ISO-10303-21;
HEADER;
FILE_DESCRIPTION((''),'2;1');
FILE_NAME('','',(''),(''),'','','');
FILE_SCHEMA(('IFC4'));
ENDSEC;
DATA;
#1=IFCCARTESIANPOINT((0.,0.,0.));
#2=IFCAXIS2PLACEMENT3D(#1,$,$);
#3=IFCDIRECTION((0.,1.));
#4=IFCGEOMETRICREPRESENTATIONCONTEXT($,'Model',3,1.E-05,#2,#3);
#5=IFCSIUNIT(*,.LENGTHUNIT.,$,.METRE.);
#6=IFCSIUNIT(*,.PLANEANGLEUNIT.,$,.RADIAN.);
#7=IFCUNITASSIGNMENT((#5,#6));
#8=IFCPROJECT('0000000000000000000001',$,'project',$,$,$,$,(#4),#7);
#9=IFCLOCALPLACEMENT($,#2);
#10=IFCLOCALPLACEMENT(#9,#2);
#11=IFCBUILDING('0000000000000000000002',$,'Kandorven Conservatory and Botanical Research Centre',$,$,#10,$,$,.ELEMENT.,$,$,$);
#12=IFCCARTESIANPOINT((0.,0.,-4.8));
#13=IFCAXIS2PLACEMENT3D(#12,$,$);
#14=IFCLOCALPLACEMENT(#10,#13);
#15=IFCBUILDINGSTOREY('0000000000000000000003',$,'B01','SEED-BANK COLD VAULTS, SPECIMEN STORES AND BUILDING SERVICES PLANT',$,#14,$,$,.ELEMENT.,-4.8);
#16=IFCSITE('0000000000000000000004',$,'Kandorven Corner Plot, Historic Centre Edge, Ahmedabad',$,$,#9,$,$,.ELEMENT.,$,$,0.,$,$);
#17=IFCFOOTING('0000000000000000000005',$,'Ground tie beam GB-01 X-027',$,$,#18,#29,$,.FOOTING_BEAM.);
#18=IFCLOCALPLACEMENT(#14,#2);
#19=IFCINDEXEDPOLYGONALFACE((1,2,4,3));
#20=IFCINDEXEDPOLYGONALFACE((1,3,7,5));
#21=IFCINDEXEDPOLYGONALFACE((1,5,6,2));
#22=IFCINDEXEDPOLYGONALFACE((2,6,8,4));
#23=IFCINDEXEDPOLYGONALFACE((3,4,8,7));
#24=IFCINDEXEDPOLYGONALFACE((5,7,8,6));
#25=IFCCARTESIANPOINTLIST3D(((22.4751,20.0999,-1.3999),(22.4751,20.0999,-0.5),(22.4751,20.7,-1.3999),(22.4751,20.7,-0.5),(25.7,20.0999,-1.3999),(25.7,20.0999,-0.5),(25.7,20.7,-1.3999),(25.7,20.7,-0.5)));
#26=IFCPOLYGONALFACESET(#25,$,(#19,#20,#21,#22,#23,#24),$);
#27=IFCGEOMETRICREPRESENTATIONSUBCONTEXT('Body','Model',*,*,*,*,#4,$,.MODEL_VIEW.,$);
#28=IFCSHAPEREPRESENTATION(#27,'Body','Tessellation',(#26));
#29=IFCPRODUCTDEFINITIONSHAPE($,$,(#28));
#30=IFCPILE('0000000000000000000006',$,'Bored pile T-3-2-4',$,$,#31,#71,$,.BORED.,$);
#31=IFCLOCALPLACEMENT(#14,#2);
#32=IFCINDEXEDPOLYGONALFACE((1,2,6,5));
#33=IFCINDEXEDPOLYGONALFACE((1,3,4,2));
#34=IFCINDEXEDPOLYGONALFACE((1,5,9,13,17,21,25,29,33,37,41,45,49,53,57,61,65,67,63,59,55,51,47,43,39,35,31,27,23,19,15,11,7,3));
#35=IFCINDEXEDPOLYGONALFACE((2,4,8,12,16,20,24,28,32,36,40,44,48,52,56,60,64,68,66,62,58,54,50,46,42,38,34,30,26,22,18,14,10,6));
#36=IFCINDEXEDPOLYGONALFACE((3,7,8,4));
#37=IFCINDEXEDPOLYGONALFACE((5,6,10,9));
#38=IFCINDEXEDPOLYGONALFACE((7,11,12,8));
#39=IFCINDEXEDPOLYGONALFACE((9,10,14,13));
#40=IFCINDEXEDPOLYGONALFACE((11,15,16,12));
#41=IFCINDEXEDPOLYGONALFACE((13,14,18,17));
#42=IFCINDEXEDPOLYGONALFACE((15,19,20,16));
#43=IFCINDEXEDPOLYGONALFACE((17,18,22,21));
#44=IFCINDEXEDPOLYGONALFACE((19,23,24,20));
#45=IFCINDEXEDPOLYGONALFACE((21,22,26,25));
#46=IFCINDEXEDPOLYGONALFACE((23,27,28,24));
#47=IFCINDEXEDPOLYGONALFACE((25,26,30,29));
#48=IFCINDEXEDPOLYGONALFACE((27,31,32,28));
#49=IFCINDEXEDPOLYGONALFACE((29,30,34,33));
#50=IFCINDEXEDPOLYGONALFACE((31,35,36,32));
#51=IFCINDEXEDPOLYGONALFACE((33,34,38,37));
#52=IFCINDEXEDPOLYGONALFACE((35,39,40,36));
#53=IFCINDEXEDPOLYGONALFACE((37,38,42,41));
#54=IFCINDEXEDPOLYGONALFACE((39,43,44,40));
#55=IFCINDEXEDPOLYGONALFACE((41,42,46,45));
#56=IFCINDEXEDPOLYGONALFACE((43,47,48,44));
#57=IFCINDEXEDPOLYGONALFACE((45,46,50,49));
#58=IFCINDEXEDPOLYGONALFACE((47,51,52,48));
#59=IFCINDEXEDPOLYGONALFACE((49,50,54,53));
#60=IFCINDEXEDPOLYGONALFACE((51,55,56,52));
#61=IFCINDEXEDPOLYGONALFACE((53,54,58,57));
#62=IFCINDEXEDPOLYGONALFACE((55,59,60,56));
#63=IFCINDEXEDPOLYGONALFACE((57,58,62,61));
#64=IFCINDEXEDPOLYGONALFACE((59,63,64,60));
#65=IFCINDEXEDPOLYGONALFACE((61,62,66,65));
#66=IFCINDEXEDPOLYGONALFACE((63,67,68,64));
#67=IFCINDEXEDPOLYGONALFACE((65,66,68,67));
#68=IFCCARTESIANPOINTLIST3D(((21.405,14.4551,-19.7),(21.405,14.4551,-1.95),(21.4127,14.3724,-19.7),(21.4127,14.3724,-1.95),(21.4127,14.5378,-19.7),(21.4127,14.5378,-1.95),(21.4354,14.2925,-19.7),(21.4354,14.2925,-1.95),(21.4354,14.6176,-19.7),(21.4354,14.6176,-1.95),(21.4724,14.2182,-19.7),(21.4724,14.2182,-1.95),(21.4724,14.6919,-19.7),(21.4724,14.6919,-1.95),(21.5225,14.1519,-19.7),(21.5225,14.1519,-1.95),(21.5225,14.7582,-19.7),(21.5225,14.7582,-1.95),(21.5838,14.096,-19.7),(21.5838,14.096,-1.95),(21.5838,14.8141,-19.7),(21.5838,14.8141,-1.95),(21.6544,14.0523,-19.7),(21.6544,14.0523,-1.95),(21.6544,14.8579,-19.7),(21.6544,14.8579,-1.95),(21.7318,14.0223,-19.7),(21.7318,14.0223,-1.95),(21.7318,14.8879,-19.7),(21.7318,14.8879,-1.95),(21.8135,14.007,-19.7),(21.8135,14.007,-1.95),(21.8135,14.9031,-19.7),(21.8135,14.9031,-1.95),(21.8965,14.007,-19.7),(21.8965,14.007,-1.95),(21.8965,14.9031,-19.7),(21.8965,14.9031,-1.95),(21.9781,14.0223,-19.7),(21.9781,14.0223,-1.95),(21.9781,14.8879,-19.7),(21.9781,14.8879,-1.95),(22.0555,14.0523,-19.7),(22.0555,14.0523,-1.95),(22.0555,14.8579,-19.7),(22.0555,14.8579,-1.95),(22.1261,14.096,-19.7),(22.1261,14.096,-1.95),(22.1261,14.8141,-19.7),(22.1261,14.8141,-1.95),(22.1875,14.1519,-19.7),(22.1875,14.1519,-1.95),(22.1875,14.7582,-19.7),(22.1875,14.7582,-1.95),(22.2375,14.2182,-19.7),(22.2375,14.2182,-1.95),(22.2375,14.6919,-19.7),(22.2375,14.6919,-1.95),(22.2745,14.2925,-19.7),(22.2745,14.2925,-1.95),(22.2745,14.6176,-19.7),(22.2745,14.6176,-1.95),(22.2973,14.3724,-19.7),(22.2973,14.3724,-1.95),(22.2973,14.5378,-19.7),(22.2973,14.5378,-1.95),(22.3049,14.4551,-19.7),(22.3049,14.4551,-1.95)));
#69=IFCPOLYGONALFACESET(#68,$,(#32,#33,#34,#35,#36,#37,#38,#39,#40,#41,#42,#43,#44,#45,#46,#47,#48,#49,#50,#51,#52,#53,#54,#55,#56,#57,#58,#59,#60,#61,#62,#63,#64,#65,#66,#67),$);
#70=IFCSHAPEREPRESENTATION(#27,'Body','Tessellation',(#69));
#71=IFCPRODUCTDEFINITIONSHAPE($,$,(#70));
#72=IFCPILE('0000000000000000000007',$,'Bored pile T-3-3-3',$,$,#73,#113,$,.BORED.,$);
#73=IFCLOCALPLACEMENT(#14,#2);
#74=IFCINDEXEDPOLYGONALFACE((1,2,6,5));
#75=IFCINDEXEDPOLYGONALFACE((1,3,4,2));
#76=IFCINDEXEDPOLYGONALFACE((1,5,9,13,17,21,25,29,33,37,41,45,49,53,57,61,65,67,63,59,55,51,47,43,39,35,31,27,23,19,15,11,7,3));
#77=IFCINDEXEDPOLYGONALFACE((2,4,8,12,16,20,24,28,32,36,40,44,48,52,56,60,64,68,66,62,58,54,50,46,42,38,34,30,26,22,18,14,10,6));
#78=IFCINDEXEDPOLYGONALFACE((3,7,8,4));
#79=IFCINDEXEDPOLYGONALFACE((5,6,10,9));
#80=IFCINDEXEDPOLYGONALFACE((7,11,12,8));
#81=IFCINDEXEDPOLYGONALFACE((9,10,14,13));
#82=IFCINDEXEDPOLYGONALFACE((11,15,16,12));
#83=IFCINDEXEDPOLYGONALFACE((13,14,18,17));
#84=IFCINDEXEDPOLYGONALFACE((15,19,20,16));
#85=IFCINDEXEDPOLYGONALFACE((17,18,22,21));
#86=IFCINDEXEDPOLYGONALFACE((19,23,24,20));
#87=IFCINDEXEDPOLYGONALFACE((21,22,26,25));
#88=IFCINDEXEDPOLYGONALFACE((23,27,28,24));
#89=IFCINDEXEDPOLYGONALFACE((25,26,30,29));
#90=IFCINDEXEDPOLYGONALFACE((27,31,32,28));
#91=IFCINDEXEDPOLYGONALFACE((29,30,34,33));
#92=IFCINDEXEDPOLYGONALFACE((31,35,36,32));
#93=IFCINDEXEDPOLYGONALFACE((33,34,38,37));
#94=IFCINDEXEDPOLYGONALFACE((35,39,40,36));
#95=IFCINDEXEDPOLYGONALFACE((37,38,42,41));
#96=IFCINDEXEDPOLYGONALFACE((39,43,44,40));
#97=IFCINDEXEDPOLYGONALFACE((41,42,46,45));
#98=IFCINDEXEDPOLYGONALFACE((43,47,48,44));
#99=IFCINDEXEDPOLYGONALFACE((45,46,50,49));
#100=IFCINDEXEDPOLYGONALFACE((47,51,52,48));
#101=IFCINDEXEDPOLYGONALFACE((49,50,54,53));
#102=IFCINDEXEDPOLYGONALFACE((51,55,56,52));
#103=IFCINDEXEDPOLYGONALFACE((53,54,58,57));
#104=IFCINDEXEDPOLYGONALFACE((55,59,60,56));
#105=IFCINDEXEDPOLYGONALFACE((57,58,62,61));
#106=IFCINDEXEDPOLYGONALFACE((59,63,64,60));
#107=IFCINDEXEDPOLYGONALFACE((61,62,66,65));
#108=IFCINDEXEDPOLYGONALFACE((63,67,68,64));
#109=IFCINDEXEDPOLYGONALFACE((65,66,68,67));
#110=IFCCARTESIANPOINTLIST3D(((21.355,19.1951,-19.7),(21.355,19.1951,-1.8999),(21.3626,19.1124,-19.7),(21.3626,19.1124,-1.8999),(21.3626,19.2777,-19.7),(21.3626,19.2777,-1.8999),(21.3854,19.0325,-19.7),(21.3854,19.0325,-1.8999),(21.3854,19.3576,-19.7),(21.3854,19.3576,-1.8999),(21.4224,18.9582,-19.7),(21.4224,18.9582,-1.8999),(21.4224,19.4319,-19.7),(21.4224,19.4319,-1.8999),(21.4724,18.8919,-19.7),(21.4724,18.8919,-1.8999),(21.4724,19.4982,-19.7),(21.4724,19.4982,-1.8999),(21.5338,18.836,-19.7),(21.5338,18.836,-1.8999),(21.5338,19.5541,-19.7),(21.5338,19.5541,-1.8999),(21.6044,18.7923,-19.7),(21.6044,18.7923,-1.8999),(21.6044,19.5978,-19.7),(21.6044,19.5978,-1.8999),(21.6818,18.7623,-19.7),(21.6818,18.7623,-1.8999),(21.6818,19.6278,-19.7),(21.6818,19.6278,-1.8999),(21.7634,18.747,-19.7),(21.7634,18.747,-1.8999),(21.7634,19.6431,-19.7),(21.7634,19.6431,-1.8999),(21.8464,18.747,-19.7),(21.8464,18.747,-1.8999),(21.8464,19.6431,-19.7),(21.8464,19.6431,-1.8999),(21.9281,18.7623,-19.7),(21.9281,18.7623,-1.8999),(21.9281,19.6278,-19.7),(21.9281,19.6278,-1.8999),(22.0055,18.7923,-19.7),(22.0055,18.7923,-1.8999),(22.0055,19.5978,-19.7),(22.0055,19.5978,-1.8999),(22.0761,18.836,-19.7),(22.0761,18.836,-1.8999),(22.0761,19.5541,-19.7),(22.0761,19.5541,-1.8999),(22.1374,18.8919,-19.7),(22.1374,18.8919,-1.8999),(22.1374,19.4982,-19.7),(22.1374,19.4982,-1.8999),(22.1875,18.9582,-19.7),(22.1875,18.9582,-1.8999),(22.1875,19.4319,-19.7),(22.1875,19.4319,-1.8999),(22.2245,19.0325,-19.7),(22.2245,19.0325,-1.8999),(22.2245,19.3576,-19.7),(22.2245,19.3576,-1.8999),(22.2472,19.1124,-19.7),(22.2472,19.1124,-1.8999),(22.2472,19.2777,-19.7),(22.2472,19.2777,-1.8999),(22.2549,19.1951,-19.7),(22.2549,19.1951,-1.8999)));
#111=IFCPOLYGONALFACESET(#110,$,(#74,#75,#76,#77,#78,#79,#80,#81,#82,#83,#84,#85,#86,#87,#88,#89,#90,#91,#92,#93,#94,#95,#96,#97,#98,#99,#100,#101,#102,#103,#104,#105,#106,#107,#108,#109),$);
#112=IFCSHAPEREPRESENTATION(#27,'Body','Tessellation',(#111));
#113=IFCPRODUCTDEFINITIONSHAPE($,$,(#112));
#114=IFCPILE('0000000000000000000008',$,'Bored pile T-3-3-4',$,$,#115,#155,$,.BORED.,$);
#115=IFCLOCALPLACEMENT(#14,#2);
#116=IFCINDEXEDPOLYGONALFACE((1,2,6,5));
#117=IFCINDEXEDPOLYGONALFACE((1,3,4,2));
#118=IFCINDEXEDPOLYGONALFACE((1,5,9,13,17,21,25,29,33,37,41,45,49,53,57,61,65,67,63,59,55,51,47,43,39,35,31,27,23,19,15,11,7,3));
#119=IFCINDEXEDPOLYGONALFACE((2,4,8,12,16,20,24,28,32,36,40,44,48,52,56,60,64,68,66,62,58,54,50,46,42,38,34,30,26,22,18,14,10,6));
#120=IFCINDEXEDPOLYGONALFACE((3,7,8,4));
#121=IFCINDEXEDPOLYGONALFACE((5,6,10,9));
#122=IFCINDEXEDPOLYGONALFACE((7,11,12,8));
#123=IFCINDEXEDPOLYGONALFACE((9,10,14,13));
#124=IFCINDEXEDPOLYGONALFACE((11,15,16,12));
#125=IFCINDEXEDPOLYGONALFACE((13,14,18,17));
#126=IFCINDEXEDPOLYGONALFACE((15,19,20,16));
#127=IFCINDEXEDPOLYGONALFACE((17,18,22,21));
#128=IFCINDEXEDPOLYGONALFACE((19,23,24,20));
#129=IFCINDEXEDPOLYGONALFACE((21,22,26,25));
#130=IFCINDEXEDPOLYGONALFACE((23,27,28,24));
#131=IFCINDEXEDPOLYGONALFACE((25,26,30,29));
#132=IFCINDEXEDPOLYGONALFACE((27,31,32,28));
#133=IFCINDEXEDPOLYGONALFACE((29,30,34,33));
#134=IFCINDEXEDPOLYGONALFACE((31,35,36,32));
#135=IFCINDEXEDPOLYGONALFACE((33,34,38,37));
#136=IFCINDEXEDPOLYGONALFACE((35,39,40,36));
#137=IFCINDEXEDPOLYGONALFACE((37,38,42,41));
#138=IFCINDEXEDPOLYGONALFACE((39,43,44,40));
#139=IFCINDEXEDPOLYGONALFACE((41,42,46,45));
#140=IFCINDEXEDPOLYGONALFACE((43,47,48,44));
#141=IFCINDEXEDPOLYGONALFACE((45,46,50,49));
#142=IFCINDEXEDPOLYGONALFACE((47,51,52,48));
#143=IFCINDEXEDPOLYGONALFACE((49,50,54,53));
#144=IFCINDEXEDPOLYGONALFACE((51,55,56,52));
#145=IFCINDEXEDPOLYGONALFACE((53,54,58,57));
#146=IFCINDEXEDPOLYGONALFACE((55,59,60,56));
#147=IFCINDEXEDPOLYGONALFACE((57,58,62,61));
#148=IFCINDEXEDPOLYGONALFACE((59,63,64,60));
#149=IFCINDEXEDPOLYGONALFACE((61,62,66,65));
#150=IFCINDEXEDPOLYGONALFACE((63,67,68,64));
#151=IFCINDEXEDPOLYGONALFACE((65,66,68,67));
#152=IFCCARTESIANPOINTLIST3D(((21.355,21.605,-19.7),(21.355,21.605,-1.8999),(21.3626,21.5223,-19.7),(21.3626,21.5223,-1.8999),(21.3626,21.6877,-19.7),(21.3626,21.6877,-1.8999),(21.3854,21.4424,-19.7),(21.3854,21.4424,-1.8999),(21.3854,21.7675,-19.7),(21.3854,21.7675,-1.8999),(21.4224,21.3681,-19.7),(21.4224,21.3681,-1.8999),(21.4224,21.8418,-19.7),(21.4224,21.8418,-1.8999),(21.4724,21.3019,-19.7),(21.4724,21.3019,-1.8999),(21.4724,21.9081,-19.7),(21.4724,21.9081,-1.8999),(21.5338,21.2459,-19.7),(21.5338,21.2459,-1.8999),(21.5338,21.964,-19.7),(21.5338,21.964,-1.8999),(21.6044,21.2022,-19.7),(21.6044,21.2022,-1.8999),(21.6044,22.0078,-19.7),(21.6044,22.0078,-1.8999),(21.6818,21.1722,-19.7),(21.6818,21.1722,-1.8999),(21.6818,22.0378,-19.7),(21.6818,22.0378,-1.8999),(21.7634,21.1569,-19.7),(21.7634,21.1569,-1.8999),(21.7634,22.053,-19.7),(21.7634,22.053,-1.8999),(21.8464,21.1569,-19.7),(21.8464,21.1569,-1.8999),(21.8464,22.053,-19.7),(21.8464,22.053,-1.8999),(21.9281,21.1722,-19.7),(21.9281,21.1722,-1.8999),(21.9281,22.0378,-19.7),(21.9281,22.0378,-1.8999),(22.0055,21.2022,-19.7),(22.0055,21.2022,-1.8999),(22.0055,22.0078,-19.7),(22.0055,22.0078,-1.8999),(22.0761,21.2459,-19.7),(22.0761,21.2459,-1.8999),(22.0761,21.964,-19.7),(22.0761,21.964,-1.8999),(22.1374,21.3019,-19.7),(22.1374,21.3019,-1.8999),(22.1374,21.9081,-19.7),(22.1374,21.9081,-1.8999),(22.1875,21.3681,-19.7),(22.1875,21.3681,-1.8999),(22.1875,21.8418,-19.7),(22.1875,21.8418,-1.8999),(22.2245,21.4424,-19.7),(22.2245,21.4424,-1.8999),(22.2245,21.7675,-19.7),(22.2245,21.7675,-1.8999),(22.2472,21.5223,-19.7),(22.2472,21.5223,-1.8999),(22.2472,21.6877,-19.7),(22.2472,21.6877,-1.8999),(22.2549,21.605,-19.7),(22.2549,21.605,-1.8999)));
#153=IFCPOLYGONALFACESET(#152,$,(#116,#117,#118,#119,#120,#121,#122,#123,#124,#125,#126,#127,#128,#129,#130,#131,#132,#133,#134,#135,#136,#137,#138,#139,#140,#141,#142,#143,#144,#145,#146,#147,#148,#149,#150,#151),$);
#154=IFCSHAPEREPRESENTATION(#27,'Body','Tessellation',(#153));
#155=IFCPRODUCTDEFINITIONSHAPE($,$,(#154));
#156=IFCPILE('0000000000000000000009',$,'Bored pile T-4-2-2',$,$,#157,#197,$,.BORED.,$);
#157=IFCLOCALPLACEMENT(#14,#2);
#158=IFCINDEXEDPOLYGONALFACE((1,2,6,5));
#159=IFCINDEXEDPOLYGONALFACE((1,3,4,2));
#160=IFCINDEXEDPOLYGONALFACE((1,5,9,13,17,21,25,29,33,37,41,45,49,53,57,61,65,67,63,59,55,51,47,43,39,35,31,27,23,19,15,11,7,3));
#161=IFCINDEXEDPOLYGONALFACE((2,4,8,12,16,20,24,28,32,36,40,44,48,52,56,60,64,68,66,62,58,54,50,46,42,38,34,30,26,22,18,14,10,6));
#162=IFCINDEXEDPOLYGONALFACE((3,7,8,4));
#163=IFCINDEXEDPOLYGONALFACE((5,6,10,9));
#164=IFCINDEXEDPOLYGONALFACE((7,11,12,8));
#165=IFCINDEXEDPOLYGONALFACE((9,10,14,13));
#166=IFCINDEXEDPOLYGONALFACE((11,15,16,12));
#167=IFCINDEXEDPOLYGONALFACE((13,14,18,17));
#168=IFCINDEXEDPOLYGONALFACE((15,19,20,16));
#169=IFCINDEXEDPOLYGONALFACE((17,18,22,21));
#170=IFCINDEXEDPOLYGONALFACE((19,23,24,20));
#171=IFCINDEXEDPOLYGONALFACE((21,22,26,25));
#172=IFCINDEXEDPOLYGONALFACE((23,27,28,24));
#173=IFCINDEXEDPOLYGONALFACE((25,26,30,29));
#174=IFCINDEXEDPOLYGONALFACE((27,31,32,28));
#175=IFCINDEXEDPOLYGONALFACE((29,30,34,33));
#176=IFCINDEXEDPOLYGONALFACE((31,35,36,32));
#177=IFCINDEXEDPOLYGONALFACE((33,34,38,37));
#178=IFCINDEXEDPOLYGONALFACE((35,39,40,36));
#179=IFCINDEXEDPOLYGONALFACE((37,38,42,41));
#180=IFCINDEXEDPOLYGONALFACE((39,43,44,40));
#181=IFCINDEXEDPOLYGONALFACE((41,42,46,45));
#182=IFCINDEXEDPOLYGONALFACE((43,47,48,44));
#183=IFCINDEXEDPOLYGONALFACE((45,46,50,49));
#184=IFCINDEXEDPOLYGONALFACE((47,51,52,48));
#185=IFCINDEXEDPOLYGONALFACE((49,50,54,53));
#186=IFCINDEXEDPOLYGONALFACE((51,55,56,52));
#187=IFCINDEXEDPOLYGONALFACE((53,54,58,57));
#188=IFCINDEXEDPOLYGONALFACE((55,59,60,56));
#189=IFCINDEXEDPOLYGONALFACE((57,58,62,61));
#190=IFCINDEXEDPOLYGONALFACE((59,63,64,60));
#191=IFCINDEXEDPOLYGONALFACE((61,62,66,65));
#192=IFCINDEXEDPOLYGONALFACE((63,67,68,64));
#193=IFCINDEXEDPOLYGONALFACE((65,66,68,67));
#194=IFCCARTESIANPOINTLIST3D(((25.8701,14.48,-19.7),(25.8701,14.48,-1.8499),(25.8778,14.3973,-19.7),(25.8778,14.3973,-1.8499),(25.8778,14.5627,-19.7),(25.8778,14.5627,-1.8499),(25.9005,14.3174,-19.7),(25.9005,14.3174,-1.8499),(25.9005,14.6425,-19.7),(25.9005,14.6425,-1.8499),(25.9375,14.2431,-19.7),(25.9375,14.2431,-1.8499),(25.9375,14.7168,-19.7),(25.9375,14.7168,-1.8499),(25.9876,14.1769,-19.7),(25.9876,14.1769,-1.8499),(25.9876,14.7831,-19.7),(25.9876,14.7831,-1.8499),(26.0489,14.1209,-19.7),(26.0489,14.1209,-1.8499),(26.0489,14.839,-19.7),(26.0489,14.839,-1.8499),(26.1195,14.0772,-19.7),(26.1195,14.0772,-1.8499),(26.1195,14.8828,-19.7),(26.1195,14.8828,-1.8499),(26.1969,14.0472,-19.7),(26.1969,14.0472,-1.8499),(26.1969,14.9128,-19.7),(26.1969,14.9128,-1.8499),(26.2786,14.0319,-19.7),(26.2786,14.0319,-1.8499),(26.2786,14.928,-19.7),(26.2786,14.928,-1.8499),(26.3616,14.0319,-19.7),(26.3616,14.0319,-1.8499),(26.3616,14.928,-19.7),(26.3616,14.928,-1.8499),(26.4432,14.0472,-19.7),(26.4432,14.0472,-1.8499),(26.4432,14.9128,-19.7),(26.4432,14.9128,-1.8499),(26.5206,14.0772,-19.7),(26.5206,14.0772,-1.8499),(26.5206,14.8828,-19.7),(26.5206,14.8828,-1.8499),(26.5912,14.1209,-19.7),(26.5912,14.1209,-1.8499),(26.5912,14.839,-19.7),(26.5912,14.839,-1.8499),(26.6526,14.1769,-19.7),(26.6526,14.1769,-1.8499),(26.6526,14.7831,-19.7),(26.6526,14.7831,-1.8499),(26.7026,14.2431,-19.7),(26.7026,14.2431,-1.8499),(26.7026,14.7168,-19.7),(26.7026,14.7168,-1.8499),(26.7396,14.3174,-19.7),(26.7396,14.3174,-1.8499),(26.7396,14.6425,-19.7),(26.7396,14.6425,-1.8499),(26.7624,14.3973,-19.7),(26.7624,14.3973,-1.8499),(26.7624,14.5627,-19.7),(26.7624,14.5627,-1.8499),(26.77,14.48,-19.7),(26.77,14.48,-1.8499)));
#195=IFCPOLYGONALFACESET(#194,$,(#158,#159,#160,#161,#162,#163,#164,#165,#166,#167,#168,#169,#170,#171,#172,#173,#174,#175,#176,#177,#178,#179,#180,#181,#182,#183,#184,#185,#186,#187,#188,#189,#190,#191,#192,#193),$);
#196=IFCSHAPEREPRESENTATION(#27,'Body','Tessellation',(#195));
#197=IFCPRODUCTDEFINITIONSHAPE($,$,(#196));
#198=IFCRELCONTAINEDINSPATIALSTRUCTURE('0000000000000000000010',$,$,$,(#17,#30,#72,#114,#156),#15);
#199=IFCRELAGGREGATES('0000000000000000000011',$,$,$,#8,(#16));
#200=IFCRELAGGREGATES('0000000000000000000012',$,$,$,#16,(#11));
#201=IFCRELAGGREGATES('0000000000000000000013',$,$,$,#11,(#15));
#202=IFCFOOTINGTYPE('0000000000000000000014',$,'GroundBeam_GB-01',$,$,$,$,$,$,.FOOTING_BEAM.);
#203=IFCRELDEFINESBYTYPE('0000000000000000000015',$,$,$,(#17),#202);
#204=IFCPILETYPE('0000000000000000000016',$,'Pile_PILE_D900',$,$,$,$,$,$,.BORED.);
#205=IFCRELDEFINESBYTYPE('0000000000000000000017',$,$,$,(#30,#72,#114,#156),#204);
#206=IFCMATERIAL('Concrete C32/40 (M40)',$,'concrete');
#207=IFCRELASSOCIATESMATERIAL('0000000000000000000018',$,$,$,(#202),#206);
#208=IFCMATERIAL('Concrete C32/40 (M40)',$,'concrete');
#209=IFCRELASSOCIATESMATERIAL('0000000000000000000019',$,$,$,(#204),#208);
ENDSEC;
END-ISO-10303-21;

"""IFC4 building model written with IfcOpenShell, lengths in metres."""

from ifc_helpers import new_model, si_unit, direction, frame, origin, origin_2d, place, context, subcontext, project, spatial, rectangle, circle, extrude, material, material_profile, profile_set, type_object, element, save


model = new_model("IFC4")

# Units and contexts
model_context = context("Model", 3, precision=1e-05, world=origin(), true_north=direction((0.0, 1.0)))
body_context = subcontext(model_context, "Body", "Model", "MODEL_VIEW")
ifc_project = project(units=[si_unit("LENGTHUNIT", "METRE"), si_unit("PLANEANGLEUNIT", "RADIAN")], contexts=[model_context])

# Site, building, storey
site_placement = place(None, origin())
site = spatial("IfcSite", under=ifc_project, at=site_placement, Name="Kandorven Corner Plot, Historic Centre Edge, Ahmedabad", CompositionType="ELEMENT", RefElevation=0.0)
building_placement = place(site_placement, origin())
building = spatial("IfcBuilding", under=site, at=building_placement, Name="Kandorven Conservatory and Botanical Research Centre", CompositionType="ELEMENT")
storey_placement = place(building_placement, frame((0.0, 0.0, -4.8)))
storey = spatial("IfcBuildingStorey", under=building, at=storey_placement, Name="B01", Description="SEED-BANK COLD VAULTS, SPECIMEN STORES AND BUILDING SERVICES PLANT", CompositionType="ELEMENT", Elevation=-4.8)

# Footing
ifc_material_1 = material(Name="Concrete C32/40 (M40)", Category="concrete")
ifc_material_profile_1 = material_profile(ifc_material_1, rectangle(XDim=0.6001, YDim=0.8999, at=origin_2d()))
ifc_profile_set_1 = profile_set([ifc_material_profile_1], Name="Concrete C32/40 (M40)")
footing_type = type_object("IfcFootingType", Name="GroundBeam_GB-01", PredefinedType="FOOTING_BEAM", material=ifc_profile_set_1)
footing_placement = place(storey_placement, frame((22.4751, 20.3999, -0.95), z_axis=(1.0, 0.0, 0.0), x_axis=(0.0, 1.0, 0.0)))
element("IfcFooting", 1, at=footing_placement, inside=storey, type_object=footing_type, Name="Ground tie beam GB-01 X-027", PredefinedType="FOOTING_BEAM", context=body_context, shape_type="SweptSolid", body=[
    extrude(rectangle(XDim=0.6001, YDim=0.8999, at=origin_2d()), origin(), (0.0, 0.0, 1.0), 3.2249),
])

# Piles
ifc_material_2 = material(Name="Concrete C32/40 (M40)", Category="concrete")
ifc_material_profile_2 = material_profile(ifc_material_2, circle(Radius=0.45, at=origin_2d()))
ifc_profile_set_2 = profile_set([ifc_material_profile_2], Name="Concrete C32/40 (M40)")
pile_type = type_object("IfcPileType", Name="Pile_PILE_D900", PredefinedType="BORED", material=ifc_profile_set_2)
pile_1_placement = place(storey_placement, frame((21.855, 14.4551, -1.95), z_axis=(0.0, 0.0, -1.0), x_axis=(1.0, 0.0, 0.0)))
element("IfcPile", 2, at=pile_1_placement, inside=storey, type_object=pile_type, Name="Bored pile T-3-2-4", PredefinedType="BORED", context=body_context, shape_type="SweptSolid", body=[
    extrude(circle(Radius=0.45, at=origin_2d()), origin(), (0.0, 0.0, 1.0), 17.75),
])
for number, where, z_axis, x_axis, name in (
    (3, (21.8049, 19.1951, -1.8999), (0.0, 0.0, -1.0), (1.0, 0.0, 0.0), "Bored pile T-3-3-3"),
    (4, (21.8049, 21.605, -1.8999), (0.0, 0.0, -1.0), (1.0, 0.0, 0.0), "Bored pile T-3-3-4"),
):
    element("IfcPile", number, at=place(storey_placement, frame(where, z_axis=z_axis, x_axis=x_axis)), inside=storey, type_object=pile_type, Name=name, PredefinedType="BORED", context=body_context, shape_type="SweptSolid", body=[
        extrude(circle(Radius=0.45, at=origin_2d()), origin(), (0.0, 0.0, 1.0), 17.8),
    ])
pile_2_placement = place(storey_placement, frame((26.3201, 14.48, -1.8499), z_axis=(0.0, 0.0, -1.0), x_axis=(1.0, 0.0, 0.0)))
element("IfcPile", 5, at=pile_2_placement, inside=storey, type_object=pile_type, Name="Bored pile T-4-2-2", PredefinedType="BORED", context=body_context, shape_type="SweptSolid", body=[
    extrude(circle(Radius=0.45, at=origin_2d()), origin(), (0.0, 0.0, 1.0), 17.8501),
])

save(model, "model.ifc")
